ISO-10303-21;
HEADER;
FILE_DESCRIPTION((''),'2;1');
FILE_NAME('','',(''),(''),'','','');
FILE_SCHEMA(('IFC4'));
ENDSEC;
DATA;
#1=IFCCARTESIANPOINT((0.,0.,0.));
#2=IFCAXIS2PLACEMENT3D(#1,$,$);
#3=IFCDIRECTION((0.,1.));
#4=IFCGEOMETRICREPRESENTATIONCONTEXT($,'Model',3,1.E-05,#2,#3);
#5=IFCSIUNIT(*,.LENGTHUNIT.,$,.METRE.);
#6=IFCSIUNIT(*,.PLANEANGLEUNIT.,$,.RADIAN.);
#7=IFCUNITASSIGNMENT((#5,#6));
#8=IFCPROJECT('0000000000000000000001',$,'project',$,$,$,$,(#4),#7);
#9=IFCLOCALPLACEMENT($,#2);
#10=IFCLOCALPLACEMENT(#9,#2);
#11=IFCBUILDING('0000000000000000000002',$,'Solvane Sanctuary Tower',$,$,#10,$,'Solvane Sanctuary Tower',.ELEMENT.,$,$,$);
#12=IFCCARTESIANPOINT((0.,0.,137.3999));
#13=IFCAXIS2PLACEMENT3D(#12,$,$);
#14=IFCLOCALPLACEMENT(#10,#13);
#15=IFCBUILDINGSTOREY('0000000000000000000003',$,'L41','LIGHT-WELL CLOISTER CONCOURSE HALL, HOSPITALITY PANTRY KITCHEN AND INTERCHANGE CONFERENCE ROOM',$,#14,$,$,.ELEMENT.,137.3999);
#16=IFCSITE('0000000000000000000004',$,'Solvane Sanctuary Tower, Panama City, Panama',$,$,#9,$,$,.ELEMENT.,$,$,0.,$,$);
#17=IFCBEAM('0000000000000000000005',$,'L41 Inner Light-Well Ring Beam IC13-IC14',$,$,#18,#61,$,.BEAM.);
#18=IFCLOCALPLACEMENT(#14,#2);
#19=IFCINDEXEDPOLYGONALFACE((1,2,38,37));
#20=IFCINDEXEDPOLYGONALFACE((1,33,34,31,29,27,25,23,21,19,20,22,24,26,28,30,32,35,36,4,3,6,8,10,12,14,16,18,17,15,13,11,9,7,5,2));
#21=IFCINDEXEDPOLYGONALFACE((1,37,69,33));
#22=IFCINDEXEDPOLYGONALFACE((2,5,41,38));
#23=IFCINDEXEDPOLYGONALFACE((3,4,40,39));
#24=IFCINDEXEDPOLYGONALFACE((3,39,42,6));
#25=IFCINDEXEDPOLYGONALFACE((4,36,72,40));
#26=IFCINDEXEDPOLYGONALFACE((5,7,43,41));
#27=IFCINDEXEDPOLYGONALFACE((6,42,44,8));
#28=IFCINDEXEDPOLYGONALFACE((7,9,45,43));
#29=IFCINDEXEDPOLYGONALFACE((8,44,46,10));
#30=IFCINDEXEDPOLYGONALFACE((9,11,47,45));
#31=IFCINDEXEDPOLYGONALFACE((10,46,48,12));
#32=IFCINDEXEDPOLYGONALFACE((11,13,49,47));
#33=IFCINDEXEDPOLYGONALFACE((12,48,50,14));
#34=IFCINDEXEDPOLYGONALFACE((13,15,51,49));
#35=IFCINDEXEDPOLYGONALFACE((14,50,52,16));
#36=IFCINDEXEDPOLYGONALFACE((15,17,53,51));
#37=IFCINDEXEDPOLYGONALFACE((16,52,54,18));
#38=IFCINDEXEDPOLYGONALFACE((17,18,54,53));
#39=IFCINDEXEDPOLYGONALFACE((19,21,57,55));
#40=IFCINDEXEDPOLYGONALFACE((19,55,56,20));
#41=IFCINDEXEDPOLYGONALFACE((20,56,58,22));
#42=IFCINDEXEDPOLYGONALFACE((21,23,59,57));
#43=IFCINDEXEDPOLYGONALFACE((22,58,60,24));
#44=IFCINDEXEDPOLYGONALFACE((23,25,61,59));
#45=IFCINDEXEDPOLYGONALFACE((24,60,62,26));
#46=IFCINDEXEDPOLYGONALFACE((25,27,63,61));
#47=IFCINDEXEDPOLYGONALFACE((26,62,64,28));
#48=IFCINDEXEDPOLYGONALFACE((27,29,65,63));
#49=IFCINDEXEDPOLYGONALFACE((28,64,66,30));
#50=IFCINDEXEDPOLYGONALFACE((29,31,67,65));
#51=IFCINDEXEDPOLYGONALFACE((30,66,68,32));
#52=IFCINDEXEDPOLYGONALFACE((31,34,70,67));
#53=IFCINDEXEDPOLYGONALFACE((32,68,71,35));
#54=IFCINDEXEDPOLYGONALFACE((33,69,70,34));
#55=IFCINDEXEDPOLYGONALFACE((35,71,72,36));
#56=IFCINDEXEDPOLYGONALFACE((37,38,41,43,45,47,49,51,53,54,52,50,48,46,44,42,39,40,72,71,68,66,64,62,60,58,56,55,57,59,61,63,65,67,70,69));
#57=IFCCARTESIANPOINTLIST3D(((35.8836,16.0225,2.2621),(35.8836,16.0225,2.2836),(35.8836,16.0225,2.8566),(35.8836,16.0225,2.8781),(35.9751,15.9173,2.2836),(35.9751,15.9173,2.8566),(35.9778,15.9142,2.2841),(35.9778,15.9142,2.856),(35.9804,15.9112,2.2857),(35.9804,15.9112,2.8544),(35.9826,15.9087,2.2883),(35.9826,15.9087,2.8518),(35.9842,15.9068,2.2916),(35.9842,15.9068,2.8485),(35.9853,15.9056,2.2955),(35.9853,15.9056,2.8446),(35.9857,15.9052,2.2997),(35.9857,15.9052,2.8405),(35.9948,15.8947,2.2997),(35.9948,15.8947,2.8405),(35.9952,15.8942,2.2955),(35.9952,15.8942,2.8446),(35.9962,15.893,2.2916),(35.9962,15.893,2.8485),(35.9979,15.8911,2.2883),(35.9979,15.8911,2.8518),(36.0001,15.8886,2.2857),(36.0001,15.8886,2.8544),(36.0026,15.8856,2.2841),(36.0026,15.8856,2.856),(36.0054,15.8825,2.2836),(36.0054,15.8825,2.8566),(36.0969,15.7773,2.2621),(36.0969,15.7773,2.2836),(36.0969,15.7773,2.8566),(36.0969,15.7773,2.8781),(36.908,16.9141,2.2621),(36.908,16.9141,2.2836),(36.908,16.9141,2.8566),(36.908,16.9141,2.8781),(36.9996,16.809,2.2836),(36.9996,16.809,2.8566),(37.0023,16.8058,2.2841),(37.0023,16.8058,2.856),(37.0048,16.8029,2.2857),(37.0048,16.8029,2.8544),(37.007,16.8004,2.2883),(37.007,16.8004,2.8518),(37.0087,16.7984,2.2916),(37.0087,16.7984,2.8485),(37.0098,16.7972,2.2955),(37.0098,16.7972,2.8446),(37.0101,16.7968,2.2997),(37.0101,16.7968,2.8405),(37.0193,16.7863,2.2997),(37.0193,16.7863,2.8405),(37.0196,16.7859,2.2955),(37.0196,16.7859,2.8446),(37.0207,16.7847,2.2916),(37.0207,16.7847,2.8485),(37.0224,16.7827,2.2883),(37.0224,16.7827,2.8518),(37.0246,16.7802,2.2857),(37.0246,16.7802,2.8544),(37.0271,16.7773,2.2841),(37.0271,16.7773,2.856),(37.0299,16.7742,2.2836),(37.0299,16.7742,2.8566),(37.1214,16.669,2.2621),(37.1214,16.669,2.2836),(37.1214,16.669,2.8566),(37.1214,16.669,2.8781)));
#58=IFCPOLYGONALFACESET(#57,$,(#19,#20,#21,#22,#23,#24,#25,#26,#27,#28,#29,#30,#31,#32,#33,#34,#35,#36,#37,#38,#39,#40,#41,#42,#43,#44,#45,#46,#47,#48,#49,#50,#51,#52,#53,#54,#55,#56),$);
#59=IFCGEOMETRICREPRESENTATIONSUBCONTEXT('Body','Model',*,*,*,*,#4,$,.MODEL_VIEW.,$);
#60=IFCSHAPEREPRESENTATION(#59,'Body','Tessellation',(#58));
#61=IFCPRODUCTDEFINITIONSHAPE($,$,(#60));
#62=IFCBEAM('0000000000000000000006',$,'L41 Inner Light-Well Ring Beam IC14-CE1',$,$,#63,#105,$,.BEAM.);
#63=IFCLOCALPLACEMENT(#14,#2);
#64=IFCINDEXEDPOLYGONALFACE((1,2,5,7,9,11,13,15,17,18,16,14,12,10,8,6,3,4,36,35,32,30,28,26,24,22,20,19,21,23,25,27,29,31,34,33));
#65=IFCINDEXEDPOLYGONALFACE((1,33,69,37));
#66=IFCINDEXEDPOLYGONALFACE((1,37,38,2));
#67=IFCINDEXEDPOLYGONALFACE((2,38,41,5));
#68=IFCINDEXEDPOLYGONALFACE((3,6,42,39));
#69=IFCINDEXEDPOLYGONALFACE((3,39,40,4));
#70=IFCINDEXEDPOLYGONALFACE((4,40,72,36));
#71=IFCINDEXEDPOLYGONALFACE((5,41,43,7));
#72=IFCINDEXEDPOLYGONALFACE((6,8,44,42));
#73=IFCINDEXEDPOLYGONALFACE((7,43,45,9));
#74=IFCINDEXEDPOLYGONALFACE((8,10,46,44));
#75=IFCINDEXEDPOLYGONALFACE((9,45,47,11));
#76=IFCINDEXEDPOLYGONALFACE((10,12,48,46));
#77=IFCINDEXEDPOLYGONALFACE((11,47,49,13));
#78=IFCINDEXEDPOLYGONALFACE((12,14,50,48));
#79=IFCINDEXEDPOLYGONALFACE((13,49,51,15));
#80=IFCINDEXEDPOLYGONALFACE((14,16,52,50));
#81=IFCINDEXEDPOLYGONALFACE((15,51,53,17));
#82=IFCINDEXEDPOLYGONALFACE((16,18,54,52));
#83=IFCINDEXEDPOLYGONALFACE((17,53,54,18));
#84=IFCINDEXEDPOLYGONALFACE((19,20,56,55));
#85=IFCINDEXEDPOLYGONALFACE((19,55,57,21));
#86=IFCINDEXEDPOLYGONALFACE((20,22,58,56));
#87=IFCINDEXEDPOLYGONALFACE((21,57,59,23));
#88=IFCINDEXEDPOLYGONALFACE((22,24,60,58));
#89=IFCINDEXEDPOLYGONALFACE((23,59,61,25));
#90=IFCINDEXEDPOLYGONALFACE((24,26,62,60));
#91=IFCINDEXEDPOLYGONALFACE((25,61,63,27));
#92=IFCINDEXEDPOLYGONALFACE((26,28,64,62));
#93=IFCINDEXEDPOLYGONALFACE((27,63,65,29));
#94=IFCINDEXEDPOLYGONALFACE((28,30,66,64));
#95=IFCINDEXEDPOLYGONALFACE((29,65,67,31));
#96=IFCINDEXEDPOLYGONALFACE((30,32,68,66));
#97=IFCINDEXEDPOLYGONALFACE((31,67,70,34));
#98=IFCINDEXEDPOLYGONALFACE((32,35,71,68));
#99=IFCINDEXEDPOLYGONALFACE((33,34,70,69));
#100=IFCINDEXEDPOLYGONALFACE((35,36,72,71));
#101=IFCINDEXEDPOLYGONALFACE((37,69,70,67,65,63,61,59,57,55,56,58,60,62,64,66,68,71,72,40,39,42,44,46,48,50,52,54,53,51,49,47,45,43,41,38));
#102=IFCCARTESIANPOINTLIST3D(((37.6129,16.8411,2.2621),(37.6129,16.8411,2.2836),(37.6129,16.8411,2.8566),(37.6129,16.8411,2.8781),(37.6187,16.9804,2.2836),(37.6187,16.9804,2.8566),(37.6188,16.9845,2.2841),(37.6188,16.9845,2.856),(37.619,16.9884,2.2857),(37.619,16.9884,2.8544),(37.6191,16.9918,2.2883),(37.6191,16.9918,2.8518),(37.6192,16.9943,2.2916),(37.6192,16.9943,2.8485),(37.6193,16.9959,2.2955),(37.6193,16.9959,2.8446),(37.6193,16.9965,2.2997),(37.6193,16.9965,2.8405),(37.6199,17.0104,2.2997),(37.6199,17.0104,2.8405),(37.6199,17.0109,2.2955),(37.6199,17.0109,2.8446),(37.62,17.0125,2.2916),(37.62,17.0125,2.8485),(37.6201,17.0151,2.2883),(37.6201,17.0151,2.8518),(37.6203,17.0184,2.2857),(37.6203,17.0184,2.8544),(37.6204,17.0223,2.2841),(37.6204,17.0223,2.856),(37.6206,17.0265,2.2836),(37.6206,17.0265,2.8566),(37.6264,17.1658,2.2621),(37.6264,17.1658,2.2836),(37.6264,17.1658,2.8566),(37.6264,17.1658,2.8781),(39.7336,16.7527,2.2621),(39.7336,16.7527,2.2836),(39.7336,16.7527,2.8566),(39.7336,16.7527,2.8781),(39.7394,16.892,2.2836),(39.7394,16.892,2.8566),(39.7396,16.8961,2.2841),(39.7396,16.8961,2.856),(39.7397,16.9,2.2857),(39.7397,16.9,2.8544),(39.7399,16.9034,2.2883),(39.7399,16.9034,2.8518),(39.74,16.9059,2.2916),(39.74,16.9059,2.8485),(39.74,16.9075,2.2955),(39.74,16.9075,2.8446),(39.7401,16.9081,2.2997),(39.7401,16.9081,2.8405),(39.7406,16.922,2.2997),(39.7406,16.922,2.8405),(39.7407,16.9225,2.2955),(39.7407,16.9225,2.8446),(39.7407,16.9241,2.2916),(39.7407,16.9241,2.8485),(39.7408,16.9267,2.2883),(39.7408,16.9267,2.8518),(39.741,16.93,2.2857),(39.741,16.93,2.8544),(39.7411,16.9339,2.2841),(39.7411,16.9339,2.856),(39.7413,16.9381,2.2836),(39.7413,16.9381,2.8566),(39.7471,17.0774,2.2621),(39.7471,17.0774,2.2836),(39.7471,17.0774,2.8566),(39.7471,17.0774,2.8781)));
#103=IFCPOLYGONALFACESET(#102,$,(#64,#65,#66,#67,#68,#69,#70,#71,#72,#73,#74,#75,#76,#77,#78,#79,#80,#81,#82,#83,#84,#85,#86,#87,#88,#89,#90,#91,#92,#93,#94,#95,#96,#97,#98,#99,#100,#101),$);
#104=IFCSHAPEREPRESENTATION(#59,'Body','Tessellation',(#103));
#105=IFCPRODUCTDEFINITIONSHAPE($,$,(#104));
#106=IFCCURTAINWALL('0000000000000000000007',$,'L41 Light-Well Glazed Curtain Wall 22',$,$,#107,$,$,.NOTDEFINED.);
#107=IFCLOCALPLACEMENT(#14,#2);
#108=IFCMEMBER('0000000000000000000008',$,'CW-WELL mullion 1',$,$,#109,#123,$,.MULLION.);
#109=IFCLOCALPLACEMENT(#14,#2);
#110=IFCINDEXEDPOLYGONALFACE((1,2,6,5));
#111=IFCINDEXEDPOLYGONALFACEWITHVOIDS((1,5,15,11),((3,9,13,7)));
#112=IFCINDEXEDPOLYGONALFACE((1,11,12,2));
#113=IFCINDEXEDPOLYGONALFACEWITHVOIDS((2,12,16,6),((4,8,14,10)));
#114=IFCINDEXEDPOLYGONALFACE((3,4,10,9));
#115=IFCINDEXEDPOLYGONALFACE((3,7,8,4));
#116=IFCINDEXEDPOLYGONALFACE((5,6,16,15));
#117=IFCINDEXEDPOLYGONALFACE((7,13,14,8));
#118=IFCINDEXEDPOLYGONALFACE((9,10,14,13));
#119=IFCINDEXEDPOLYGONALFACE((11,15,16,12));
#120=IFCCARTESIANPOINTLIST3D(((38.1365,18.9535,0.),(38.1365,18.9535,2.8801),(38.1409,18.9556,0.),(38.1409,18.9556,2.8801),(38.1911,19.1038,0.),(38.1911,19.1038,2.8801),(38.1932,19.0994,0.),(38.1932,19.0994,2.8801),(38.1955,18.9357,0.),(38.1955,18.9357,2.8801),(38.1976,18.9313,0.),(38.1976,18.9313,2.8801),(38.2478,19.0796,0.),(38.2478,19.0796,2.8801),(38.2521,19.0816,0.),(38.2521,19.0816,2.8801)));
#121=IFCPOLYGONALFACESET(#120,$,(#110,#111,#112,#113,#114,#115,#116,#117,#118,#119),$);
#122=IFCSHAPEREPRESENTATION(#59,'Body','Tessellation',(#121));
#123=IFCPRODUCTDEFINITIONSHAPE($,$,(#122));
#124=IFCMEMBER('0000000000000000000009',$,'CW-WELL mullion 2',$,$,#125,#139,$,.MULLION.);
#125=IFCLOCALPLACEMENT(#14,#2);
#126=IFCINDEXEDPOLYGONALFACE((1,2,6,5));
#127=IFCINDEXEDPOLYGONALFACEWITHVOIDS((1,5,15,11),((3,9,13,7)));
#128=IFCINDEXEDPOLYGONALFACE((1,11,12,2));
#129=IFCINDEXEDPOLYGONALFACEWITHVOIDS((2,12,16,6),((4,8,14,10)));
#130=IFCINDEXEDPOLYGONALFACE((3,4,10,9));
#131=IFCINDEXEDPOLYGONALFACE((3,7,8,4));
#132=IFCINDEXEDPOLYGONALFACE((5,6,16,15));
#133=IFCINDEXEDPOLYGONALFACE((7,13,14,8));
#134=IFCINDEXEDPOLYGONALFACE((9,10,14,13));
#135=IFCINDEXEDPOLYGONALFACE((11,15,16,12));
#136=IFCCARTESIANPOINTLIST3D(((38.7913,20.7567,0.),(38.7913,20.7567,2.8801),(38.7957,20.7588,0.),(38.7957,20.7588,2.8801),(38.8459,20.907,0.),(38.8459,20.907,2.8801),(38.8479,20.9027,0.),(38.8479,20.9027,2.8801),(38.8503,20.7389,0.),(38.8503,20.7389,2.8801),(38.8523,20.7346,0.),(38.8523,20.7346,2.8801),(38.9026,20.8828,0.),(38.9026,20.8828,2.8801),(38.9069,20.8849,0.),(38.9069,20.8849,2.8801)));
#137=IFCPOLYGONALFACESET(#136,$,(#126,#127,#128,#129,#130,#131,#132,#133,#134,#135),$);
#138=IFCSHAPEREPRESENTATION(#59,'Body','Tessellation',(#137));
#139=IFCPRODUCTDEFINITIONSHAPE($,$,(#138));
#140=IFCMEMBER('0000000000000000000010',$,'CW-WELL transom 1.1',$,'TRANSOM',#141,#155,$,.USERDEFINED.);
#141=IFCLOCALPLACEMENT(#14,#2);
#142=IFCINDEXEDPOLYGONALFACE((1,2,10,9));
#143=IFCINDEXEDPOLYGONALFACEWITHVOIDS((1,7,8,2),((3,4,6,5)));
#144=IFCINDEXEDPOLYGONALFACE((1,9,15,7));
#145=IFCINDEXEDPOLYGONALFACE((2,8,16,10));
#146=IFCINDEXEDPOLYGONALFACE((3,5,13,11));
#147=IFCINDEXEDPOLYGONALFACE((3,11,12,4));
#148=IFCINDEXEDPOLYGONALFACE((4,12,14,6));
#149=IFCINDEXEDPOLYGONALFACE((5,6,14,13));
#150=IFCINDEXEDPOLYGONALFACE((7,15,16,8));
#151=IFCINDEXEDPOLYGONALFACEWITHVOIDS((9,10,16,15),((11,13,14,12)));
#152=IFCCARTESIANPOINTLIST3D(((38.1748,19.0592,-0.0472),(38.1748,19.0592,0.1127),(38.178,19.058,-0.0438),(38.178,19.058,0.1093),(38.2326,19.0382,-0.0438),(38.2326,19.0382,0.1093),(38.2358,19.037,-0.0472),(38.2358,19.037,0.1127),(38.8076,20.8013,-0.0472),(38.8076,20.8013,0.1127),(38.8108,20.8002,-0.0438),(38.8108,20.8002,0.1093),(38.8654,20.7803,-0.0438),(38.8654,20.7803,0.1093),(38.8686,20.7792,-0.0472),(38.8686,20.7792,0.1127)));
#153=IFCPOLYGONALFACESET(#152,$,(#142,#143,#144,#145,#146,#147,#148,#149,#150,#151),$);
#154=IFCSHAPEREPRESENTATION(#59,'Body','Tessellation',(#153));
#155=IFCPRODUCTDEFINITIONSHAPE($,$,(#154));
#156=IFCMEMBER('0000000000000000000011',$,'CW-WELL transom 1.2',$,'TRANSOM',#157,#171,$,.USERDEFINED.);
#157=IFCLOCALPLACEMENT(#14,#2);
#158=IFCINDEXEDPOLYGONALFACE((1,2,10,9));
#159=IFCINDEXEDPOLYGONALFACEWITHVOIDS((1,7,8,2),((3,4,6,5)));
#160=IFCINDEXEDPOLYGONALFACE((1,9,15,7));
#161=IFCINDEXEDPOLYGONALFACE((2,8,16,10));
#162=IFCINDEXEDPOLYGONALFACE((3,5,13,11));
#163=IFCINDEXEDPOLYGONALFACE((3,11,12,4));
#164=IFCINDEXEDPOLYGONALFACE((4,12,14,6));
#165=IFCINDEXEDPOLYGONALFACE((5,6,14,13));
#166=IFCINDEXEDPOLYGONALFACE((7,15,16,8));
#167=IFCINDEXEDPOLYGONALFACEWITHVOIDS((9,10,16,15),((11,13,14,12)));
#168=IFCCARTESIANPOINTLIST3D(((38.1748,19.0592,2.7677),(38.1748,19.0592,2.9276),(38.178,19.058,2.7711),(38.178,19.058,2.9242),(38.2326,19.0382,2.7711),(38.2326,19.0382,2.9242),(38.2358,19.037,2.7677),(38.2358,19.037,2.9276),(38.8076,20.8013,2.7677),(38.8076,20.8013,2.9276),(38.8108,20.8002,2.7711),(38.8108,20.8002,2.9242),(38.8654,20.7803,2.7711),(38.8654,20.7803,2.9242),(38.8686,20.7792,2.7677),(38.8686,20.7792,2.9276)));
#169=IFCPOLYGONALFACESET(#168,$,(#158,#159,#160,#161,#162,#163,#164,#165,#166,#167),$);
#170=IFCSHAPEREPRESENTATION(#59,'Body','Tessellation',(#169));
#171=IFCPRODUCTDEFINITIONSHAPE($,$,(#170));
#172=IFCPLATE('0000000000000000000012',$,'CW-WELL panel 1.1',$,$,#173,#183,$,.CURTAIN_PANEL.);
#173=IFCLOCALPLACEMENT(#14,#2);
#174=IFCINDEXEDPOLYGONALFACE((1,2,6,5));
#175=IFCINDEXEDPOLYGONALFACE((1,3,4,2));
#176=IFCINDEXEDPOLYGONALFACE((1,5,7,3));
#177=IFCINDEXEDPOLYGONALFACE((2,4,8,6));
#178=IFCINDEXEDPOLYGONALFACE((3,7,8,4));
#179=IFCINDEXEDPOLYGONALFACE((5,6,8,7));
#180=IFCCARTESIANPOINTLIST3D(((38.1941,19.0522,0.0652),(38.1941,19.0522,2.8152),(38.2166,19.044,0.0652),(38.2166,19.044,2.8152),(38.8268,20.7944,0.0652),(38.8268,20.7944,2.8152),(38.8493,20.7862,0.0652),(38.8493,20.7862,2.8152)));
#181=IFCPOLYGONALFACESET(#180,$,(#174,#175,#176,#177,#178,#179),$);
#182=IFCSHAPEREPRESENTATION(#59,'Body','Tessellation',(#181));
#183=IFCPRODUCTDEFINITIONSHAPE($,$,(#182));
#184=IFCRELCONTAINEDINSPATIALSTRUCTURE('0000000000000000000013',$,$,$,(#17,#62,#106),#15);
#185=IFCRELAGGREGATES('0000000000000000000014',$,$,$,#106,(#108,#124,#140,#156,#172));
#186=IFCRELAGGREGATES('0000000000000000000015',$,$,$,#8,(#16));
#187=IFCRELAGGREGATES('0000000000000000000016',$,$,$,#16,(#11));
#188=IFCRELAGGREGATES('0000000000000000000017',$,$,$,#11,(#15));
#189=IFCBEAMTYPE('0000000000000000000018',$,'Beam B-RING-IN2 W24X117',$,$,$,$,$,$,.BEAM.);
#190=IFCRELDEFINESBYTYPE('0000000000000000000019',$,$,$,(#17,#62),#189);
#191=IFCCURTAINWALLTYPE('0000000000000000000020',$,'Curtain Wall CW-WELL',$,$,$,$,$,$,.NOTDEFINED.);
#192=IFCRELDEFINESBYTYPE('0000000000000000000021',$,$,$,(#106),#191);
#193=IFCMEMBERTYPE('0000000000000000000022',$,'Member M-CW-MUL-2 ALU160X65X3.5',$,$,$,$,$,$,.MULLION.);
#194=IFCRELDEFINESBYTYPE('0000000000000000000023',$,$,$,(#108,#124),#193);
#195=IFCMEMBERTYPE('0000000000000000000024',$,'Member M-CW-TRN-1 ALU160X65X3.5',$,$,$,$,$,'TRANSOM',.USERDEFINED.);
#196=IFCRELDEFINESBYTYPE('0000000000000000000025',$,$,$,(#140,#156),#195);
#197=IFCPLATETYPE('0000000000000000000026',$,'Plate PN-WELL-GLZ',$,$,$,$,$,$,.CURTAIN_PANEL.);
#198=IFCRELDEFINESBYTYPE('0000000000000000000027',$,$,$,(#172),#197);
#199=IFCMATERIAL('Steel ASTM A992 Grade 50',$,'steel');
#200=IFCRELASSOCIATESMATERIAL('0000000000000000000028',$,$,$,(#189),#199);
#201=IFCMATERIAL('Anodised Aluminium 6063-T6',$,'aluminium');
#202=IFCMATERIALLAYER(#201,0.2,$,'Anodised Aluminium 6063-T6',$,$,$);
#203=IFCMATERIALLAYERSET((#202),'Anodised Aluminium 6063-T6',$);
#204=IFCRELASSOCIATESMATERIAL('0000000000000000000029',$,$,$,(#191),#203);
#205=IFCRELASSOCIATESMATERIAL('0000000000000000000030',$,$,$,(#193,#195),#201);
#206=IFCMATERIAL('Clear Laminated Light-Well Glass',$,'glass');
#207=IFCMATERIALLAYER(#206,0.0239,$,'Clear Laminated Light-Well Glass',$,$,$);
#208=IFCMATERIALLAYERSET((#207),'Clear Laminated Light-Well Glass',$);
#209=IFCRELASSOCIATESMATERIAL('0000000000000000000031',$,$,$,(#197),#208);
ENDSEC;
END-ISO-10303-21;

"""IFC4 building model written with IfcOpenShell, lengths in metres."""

from ifc_helpers import new_model, si_unit, direction, frame, origin, origin_2d, place, context, subcontext, project, spatial, rectangle, hollow_rectangle, i_section, extrude, material, layer, layer_set, material_profile, profile_set, type_object, element, aggregate, save


model = new_model("IFC4")

# Units and contexts
model_context = context("Model", 3, precision=1e-05, world=origin(), true_north=direction((0.0, 1.0)))
body_context = subcontext(model_context, "Body", "Model", "MODEL_VIEW")
ifc_project = project(units=[si_unit("LENGTHUNIT", "METRE"), si_unit("PLANEANGLEUNIT", "RADIAN")], contexts=[model_context])

# Site, building, storey
site_placement = place(None, origin())
site = spatial("IfcSite", under=ifc_project, at=site_placement, Name="Solvane Sanctuary Tower, Panama City, Panama", CompositionType="ELEMENT", RefElevation=0.0)
building_placement = place(site_placement, origin())
building = spatial("IfcBuilding", under=site, at=building_placement, Name="Solvane Sanctuary Tower", LongName="Solvane Sanctuary Tower", CompositionType="ELEMENT")
storey_placement = place(building_placement, frame((0.0, 0.0, 137.3999)))
storey = spatial("IfcBuildingStorey", under=building, at=storey_placement, Name="L41", Description="LIGHT-WELL CLOISTER CONCOURSE HALL, HOSPITALITY PANTRY KITCHEN AND INTERCHANGE CONFERENCE ROOM", CompositionType="ELEMENT", Elevation=137.3999)

# Beams
ifc_material_1 = material(Name="Steel ASTM A992 Grade 50", Category="steel")
ifc_material_profile_1 = material_profile(ifc_material_1, i_section(OverallWidth=0.325, OverallDepth=0.616, WebThickness=0.0139, FlangeThickness=0.0215, FilletRadius=0.0161, at=origin_2d()), Name="W24X117")
ifc_profile_set_1 = profile_set([ifc_material_profile_1], Name="Steel ASTM A992 Grade 50")
beam_type_1 = type_object("IfcBeamType", Name="Beam B-RING-IN2 W24X117", PredefinedType="BEAM", material=ifc_profile_set_1)
beam_1_placement = place(storey_placement, frame((35.9902, 15.8999, 2.5701), z_axis=(0.754311, 0.656517, 0.0), x_axis=(-0.656517, 0.754311, 0.0)))
element("IfcBeam", 1, at=beam_1_placement, inside=storey, type_object=beam_type_1, Name="L41 Inner Light-Well Ring Beam IC13-IC14", PredefinedType="BEAM", context=body_context, shape_type="SweptSolid", body=[
    extrude(i_section(OverallWidth=0.325, OverallDepth=0.616, WebThickness=0.0139, FlangeThickness=0.0215, FilletRadius=0.0161, at=origin_2d()), origin(), (0.0, 0.0, 1.0), 1.3582),
])
beam_2_placement = place(storey_placement, frame((37.6196, 17.0034, 2.5701), z_axis=(0.999133, -0.04164, 0.0), x_axis=(0.04164, 0.999133, 0.0)))
element("IfcBeam", 2, at=beam_2_placement, inside=storey, type_object=beam_type_1, Name="L41 Inner Light-Well Ring Beam IC14-CE1", PredefinedType="BEAM", context=body_context, shape_type="SweptSolid", body=[
    extrude(i_section(OverallWidth=0.325, OverallDepth=0.616, WebThickness=0.0139, FlangeThickness=0.0215, FilletRadius=0.0161, at=origin_2d()), origin(), (0.0, 0.0, 1.0), 2.1226),
])

# Curtain wall, members, plate
ifc_material_2 = material(Name="Anodised Aluminium 6063-T6", Category="aluminium")
ifc_layer_1 = layer(ifc_material_2, 0.2, Name="Anodised Aluminium 6063-T6")
ifc_layer_set_1 = layer_set([ifc_layer_1], Name="Anodised Aluminium 6063-T6")
curtain_wall_type = type_object("IfcCurtainWallType", Name="Curtain Wall CW-WELL", PredefinedType="NOTDEFINED", material=ifc_layer_set_1)
curtain_wall_placement = place(storey_placement, origin())
curtain_wall = element("IfcCurtainWall", 3, at=curtain_wall_placement, inside=storey, type_object=curtain_wall_type, Name="L41 Light-Well Glazed Curtain Wall 22", PredefinedType="NOTDEFINED")
ifc_material_profile_2 = material_profile(ifc_material_2, hollow_rectangle(XDim=0.0649, YDim=0.1599, WallThickness=0.0034, at=origin_2d()), Name="ALU160X65X3.5")
ifc_profile_set_2 = profile_set([ifc_material_profile_2], Name="Anodised Aluminium 6063-T6")
member_type_1 = type_object("IfcMemberType", Name="Member M-CW-MUL-2 ALU160X65X3.5", PredefinedType="MULLION", material=ifc_profile_set_2)
member_1_placement = place(storey_placement, frame((38.1943, 19.0176, 0.0), z_axis=(0.0, 0.0, 1.0), x_axis=(-0.939933, 0.341358, 0.0)))
member_1 = element("IfcMember", 4, at=member_1_placement, type_object=member_type_1, Name="CW-WELL mullion 1", PredefinedType="MULLION", context=body_context, shape_type="SweptSolid", body=[
    extrude(hollow_rectangle(XDim=0.0649, YDim=0.1599, WallThickness=0.0034, at=origin_2d()), origin(), (0.0, 0.0, 1.0), 2.8801),
])
member_2_placement = place(storey_placement, frame((38.8491, 20.8208, 0.0), z_axis=(0.0, 0.0, 1.0), x_axis=(-0.939933, 0.341358, 0.0)))
member_2 = element("IfcMember", 5, at=member_2_placement, type_object=member_type_1, Name="CW-WELL mullion 2", PredefinedType="MULLION", context=body_context, shape_type="SweptSolid", body=[
    extrude(hollow_rectangle(XDim=0.0649, YDim=0.1599, WallThickness=0.0034, at=origin_2d()), origin(), (0.0, 0.0, 1.0), 2.8801),
])
ifc_material_profile_3 = material_profile(ifc_material_2, hollow_rectangle(XDim=0.0649, YDim=0.1599, WallThickness=0.0034, at=origin_2d()), Name="ALU160X65X3.5")
ifc_profile_set_3 = profile_set([ifc_material_profile_3], Name="Anodised Aluminium 6063-T6")
member_type_2 = type_object("IfcMemberType", Name="Member M-CW-TRN-1 ALU160X65X3.5", ElementType="TRANSOM", PredefinedType="USERDEFINED", material=ifc_profile_set_3)
member_3_placement = place(storey_placement, frame((38.2053, 19.0481, 0.0327), z_axis=(0.341405, 0.939916, 0.0), x_axis=(-0.939916, 0.341405, 0.0)))
member_3 = element("IfcMember", 6, at=member_3_placement, type_object=member_type_2, Name="CW-WELL transom 1.1", ObjectType="TRANSOM", PredefinedType="USERDEFINED", context=body_context, shape_type="SweptSolid", body=[
    extrude(hollow_rectangle(XDim=0.0649, YDim=0.1599, WallThickness=0.0034, at=origin_2d()), origin(), (0.0, 0.0, 1.0), 1.8535),
])
member_4_placement = place(storey_placement, frame((38.2053, 19.0481, 2.8477), z_axis=(0.341405, 0.939916, 0.0), x_axis=(-0.939916, 0.341405, 0.0)))
member_4 = element("IfcMember", 7, at=member_4_placement, type_object=member_type_2, Name="CW-WELL transom 1.2", ObjectType="TRANSOM", PredefinedType="USERDEFINED", context=body_context, shape_type="SweptSolid", body=[
    extrude(hollow_rectangle(XDim=0.0649, YDim=0.1599, WallThickness=0.0034, at=origin_2d()), origin(), (0.0, 0.0, 1.0), 1.8535),
])
ifc_material_3 = material(Name="Clear Laminated Light-Well Glass", Category="glass")
ifc_layer_2 = layer(ifc_material_3, 0.0239, Name="Clear Laminated Light-Well Glass")
ifc_layer_set_2 = layer_set([ifc_layer_2], Name="Clear Laminated Light-Well Glass")
plate_type = type_object("IfcPlateType", Name="Plate PN-WELL-GLZ", PredefinedType="CURTAIN_PANEL", material=ifc_layer_set_2)
plate_placement = place(storey_placement, frame((38.5217, 19.9192, 0.0652), z_axis=(0.0, 0.0, 1.0), x_axis=(0.341358, 0.939933, 0.0)))
plate = element("IfcPlate", 8, at=plate_placement, type_object=plate_type, Name="CW-WELL panel 1.1", PredefinedType="CURTAIN_PANEL", context=body_context, shape_type="SweptSolid", body=[
    extrude(rectangle(XDim=1.8535, YDim=0.0239, at=origin_2d()), origin(), (0.0, 0.0, 1.0), 2.75),
])
aggregate(curtain_wall, [member_1, member_2, member_3, member_4, plate])

save(model, "model.ifc")
